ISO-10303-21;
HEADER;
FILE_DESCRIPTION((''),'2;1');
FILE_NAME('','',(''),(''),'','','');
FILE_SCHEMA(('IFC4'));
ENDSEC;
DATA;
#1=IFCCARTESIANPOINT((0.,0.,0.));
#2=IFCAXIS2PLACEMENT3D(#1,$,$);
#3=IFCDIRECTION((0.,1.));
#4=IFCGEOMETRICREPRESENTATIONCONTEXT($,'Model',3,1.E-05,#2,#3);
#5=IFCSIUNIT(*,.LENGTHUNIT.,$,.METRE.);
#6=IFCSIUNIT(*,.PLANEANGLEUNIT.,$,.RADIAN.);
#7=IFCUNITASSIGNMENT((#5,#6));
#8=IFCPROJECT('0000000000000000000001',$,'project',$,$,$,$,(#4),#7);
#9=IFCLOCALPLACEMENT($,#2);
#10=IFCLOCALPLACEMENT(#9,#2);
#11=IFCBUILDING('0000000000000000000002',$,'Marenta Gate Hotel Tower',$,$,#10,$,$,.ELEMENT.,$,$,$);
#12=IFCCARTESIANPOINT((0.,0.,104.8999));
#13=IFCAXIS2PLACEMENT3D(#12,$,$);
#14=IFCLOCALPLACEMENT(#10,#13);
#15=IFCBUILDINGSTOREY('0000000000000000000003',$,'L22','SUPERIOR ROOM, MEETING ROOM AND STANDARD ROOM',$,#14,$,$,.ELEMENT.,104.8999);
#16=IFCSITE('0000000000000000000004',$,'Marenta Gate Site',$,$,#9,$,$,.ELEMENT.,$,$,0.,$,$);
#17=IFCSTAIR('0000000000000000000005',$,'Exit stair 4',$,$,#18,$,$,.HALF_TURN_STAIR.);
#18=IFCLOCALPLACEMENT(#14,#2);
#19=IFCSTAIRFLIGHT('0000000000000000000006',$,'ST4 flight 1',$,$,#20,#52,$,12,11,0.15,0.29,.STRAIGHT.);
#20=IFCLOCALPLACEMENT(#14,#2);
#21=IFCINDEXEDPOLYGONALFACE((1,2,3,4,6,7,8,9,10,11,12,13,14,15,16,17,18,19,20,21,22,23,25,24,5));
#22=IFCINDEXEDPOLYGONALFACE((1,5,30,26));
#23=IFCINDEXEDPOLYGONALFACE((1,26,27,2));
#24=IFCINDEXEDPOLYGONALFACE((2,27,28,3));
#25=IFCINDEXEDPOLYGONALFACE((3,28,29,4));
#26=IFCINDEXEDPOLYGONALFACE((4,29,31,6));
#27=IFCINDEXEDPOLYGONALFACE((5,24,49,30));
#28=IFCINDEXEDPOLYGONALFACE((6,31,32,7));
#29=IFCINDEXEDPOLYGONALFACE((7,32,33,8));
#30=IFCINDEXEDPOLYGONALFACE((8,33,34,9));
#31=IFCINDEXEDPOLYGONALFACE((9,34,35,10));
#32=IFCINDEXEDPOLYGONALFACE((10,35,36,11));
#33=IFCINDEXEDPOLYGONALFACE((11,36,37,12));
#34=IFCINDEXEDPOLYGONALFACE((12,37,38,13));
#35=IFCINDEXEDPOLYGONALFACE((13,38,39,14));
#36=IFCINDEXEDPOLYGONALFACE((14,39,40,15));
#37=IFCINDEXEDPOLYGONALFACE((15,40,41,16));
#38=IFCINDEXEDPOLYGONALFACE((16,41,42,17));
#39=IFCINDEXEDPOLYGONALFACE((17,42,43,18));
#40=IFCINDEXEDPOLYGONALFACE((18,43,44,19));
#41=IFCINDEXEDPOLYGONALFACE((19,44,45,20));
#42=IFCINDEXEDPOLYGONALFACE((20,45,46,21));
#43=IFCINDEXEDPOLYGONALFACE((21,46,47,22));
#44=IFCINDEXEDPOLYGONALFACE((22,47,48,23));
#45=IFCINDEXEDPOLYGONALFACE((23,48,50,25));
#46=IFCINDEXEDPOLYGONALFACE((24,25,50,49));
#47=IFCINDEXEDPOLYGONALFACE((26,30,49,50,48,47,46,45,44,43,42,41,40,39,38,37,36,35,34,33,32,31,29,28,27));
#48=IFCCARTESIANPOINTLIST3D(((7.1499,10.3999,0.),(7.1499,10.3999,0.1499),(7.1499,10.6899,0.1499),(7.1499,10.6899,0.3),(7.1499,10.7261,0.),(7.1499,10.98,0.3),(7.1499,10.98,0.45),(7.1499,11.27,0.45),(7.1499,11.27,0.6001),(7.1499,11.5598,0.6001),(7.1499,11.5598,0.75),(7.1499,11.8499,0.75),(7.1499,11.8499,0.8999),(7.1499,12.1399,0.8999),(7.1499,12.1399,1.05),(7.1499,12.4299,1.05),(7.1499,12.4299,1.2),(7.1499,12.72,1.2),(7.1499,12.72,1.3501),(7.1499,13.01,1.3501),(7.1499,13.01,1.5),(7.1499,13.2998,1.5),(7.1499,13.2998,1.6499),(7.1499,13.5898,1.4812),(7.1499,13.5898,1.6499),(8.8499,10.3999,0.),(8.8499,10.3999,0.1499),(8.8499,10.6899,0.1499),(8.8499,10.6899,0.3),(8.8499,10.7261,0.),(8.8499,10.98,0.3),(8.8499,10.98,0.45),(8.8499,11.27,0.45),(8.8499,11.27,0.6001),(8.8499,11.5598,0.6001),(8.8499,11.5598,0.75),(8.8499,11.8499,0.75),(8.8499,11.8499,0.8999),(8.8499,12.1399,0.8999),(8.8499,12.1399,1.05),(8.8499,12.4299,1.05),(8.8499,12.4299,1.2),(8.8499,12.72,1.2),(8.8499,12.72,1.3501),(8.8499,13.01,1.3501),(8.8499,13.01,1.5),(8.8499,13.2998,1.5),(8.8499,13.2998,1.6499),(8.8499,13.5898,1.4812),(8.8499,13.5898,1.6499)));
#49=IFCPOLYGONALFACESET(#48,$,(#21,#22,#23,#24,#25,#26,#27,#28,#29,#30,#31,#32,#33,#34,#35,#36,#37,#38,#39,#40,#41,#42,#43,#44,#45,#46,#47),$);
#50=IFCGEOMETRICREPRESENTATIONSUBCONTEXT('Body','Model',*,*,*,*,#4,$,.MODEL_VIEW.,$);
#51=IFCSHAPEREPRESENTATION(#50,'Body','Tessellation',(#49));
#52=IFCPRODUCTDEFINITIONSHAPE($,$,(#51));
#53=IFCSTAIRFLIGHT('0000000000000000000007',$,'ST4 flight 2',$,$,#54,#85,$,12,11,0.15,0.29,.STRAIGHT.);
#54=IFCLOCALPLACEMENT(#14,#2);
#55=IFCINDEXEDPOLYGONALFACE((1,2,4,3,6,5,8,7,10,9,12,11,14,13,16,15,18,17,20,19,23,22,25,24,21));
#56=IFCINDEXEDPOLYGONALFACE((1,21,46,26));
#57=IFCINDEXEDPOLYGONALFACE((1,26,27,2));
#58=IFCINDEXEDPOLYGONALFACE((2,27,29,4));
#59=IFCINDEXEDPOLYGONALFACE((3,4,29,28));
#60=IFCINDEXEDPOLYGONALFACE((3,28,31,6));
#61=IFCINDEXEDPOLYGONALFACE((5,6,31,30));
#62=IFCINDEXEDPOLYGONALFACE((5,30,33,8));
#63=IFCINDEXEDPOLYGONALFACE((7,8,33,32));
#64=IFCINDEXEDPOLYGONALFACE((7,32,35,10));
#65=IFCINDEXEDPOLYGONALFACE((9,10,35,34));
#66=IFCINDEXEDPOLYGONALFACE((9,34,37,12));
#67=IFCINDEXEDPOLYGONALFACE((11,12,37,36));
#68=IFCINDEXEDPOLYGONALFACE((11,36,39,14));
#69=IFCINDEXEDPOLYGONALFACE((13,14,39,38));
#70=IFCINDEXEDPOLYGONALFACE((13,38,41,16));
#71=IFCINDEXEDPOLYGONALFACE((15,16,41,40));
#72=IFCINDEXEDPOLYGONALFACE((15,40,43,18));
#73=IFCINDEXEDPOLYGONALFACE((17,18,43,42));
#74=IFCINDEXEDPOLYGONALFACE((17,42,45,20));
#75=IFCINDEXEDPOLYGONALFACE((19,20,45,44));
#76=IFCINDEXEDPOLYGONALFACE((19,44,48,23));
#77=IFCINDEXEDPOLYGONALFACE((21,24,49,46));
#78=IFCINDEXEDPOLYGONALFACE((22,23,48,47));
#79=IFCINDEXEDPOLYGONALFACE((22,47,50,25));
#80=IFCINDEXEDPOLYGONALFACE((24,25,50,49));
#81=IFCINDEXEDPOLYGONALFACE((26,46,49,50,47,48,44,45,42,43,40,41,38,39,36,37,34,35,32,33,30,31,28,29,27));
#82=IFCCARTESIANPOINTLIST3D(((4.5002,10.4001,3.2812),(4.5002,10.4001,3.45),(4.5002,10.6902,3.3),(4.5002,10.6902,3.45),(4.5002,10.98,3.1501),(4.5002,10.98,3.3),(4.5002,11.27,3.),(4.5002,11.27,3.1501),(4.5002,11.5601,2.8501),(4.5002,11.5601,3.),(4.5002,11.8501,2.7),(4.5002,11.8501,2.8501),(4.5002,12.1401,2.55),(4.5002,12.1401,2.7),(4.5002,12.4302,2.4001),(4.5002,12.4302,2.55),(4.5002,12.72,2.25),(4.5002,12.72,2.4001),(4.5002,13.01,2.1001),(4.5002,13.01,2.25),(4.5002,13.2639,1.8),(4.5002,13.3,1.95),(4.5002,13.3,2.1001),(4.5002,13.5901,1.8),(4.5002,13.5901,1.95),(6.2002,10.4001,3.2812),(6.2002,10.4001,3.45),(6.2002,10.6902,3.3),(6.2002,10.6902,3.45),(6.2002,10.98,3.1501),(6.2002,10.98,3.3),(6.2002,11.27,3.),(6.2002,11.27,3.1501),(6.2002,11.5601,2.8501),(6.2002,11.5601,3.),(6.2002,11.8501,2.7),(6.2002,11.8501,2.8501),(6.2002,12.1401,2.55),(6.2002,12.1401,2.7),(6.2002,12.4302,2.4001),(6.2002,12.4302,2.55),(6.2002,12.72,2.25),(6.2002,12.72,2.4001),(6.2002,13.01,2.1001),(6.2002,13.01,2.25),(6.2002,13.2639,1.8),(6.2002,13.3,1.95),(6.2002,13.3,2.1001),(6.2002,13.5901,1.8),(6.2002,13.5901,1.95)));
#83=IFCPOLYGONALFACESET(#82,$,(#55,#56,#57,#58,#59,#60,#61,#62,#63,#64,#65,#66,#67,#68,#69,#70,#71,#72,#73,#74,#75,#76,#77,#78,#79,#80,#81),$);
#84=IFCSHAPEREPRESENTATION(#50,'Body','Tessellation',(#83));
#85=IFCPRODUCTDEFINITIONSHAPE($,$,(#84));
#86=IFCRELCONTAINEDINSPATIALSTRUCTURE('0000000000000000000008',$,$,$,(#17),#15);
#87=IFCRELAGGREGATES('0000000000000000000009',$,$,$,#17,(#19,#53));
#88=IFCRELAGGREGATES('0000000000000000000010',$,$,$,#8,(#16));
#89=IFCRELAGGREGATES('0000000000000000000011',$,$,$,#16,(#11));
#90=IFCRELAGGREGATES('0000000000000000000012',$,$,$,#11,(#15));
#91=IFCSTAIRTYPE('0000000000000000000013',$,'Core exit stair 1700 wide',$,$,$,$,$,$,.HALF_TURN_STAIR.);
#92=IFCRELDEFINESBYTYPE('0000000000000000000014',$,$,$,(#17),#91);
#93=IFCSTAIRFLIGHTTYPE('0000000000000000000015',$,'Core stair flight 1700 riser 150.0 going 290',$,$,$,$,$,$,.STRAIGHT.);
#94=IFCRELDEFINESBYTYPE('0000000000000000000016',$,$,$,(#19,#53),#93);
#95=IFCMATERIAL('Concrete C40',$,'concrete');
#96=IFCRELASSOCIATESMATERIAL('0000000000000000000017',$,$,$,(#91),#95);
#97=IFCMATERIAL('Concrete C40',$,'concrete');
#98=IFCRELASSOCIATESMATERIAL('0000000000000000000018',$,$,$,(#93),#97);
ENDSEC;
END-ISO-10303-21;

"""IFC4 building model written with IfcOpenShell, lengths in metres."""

from ifc_helpers import new_model, si_unit, direction, frame, origin, place, context, subcontext, project, spatial, polyline, outline, extrude, material, type_object, element, aggregate, save


model = new_model("IFC4")

# Units and contexts
model_context = context("Model", 3, precision=1e-05, world=origin(), true_north=direction((0.0, 1.0)))
body_context = subcontext(model_context, "Body", "Model", "MODEL_VIEW")
ifc_project = project(units=[si_unit("LENGTHUNIT", "METRE"), si_unit("PLANEANGLEUNIT", "RADIAN")], contexts=[model_context])

# Site, building, storey
site_placement = place(None, origin())
site = spatial("IfcSite", under=ifc_project, at=site_placement, Name="Marenta Gate Site", CompositionType="ELEMENT", RefElevation=0.0)
building_placement = place(site_placement, origin())
building = spatial("IfcBuilding", under=site, at=building_placement, Name="Marenta Gate Hotel Tower", CompositionType="ELEMENT")
storey_placement = place(building_placement, frame((0.0, 0.0, 104.8999)))
storey = spatial("IfcBuildingStorey", under=building, at=storey_placement, Name="L22", Description="SUPERIOR ROOM, MEETING ROOM AND STANDARD ROOM", CompositionType="ELEMENT", Elevation=104.8999)

# Stair, stair flights
ifc_material_1 = material(Name="Concrete C40", Category="concrete")
stair_type = type_object("IfcStairType", Name="Core exit stair 1700 wide", PredefinedType="HALF_TURN_STAIR", material=ifc_material_1)
stair_placement = place(storey_placement, origin())
stair = element("IfcStair", 1, at=stair_placement, inside=storey, type_object=stair_type, Name="Exit stair 4", PredefinedType="HALF_TURN_STAIR")
ifc_material_2 = material(Name="Concrete C40", Category="concrete")
stair_flight_type = type_object("IfcStairFlightType", Name="Core stair flight 1700 riser 150.0 going 290", PredefinedType="STRAIGHT", material=ifc_material_2)
stair_flight_1_placement = place(storey_placement, frame((8.0, 10.3999, 0.0), z_axis=(0.0, 0.0, 1.0), x_axis=(0.0, 1.0, 0.0)))
stair_flight_1 = element("IfcStairFlight", 2, at=stair_flight_1_placement, type_object=stair_flight_type, Name="ST4 flight 1", NumberOfRisers=12, NumberOfTreads=11, PredefinedType="STRAIGHT", RiserHeight=0.15, TreadLength=0.29, context=body_context, shape_type="SweptSolid", body=[
    extrude(outline(polyline([(0.0, 0.0), (0.0, 0.1499), (0.29, 0.1499), (0.29, 0.3), (0.5801, 0.3), (0.5801, 0.45), (0.8701, 0.45), (0.8701, 0.6001), (1.1599, 0.6001), (1.1599, 0.75), (1.45, 0.75), (1.45, 0.8999), (1.74, 0.8999), (1.74, 1.05), (2.03, 1.05), (2.03, 1.2), (2.3201, 1.2), (2.3201, 1.3501), (2.6101, 1.3501), (2.6101, 1.5), (2.8999, 1.5), (2.8999, 1.6499), (3.1899, 1.6499), (3.1899, 1.8), (3.1899, 1.4812), (0.3262, 0.0), (0.0, 0.0)])), frame((0.0, 0.8501, 0.0), z_axis=(0.0, -1.0, 0.0), x_axis=(1.0, 0.0, 0.0)), (0.0, 0.0, 1.0), 1.7),
])
stair_flight_2_placement = place(storey_placement, frame((5.3501, 13.5901, 1.8), z_axis=(0.0, 0.0, 1.0), x_axis=(0.0, -1.0, 0.0)))
stair_flight_2 = element("IfcStairFlight", 3, at=stair_flight_2_placement, type_object=stair_flight_type, Name="ST4 flight 2", NumberOfRisers=12, NumberOfTreads=11, PredefinedType="STRAIGHT", RiserHeight=0.15, TreadLength=0.29, context=body_context, shape_type="SweptSolid", body=[
    extrude(outline(polyline([(0.0, 0.0), (0.0, 0.1499), (0.29, 0.1499), (0.29, 0.3), (0.5801, 0.3), (0.5801, 0.45), (0.8701, 0.45), (0.8701, 0.6001), (1.1599, 0.6001), (1.1599, 0.75), (1.45, 0.75), (1.45, 0.8999), (1.74, 0.8999), (1.74, 1.05), (2.03, 1.05), (2.03, 1.2), (2.3201, 1.2), (2.3201, 1.3501), (2.6101, 1.3501), (2.6101, 1.5), (2.8999, 1.5), (2.8999, 1.6499), (3.1899, 1.6499), (3.1899, 1.8), (3.1899, 1.4812), (0.3262, 0.0), (0.0, 0.0)])), frame((0.0, 0.8501, 0.0), z_axis=(0.0, -1.0, 0.0), x_axis=(1.0, 0.0, 0.0)), (0.0, 0.0, 1.0), 1.7),
])
aggregate(stair, [stair_flight_1, stair_flight_2])

save(model, "model.ifc")
